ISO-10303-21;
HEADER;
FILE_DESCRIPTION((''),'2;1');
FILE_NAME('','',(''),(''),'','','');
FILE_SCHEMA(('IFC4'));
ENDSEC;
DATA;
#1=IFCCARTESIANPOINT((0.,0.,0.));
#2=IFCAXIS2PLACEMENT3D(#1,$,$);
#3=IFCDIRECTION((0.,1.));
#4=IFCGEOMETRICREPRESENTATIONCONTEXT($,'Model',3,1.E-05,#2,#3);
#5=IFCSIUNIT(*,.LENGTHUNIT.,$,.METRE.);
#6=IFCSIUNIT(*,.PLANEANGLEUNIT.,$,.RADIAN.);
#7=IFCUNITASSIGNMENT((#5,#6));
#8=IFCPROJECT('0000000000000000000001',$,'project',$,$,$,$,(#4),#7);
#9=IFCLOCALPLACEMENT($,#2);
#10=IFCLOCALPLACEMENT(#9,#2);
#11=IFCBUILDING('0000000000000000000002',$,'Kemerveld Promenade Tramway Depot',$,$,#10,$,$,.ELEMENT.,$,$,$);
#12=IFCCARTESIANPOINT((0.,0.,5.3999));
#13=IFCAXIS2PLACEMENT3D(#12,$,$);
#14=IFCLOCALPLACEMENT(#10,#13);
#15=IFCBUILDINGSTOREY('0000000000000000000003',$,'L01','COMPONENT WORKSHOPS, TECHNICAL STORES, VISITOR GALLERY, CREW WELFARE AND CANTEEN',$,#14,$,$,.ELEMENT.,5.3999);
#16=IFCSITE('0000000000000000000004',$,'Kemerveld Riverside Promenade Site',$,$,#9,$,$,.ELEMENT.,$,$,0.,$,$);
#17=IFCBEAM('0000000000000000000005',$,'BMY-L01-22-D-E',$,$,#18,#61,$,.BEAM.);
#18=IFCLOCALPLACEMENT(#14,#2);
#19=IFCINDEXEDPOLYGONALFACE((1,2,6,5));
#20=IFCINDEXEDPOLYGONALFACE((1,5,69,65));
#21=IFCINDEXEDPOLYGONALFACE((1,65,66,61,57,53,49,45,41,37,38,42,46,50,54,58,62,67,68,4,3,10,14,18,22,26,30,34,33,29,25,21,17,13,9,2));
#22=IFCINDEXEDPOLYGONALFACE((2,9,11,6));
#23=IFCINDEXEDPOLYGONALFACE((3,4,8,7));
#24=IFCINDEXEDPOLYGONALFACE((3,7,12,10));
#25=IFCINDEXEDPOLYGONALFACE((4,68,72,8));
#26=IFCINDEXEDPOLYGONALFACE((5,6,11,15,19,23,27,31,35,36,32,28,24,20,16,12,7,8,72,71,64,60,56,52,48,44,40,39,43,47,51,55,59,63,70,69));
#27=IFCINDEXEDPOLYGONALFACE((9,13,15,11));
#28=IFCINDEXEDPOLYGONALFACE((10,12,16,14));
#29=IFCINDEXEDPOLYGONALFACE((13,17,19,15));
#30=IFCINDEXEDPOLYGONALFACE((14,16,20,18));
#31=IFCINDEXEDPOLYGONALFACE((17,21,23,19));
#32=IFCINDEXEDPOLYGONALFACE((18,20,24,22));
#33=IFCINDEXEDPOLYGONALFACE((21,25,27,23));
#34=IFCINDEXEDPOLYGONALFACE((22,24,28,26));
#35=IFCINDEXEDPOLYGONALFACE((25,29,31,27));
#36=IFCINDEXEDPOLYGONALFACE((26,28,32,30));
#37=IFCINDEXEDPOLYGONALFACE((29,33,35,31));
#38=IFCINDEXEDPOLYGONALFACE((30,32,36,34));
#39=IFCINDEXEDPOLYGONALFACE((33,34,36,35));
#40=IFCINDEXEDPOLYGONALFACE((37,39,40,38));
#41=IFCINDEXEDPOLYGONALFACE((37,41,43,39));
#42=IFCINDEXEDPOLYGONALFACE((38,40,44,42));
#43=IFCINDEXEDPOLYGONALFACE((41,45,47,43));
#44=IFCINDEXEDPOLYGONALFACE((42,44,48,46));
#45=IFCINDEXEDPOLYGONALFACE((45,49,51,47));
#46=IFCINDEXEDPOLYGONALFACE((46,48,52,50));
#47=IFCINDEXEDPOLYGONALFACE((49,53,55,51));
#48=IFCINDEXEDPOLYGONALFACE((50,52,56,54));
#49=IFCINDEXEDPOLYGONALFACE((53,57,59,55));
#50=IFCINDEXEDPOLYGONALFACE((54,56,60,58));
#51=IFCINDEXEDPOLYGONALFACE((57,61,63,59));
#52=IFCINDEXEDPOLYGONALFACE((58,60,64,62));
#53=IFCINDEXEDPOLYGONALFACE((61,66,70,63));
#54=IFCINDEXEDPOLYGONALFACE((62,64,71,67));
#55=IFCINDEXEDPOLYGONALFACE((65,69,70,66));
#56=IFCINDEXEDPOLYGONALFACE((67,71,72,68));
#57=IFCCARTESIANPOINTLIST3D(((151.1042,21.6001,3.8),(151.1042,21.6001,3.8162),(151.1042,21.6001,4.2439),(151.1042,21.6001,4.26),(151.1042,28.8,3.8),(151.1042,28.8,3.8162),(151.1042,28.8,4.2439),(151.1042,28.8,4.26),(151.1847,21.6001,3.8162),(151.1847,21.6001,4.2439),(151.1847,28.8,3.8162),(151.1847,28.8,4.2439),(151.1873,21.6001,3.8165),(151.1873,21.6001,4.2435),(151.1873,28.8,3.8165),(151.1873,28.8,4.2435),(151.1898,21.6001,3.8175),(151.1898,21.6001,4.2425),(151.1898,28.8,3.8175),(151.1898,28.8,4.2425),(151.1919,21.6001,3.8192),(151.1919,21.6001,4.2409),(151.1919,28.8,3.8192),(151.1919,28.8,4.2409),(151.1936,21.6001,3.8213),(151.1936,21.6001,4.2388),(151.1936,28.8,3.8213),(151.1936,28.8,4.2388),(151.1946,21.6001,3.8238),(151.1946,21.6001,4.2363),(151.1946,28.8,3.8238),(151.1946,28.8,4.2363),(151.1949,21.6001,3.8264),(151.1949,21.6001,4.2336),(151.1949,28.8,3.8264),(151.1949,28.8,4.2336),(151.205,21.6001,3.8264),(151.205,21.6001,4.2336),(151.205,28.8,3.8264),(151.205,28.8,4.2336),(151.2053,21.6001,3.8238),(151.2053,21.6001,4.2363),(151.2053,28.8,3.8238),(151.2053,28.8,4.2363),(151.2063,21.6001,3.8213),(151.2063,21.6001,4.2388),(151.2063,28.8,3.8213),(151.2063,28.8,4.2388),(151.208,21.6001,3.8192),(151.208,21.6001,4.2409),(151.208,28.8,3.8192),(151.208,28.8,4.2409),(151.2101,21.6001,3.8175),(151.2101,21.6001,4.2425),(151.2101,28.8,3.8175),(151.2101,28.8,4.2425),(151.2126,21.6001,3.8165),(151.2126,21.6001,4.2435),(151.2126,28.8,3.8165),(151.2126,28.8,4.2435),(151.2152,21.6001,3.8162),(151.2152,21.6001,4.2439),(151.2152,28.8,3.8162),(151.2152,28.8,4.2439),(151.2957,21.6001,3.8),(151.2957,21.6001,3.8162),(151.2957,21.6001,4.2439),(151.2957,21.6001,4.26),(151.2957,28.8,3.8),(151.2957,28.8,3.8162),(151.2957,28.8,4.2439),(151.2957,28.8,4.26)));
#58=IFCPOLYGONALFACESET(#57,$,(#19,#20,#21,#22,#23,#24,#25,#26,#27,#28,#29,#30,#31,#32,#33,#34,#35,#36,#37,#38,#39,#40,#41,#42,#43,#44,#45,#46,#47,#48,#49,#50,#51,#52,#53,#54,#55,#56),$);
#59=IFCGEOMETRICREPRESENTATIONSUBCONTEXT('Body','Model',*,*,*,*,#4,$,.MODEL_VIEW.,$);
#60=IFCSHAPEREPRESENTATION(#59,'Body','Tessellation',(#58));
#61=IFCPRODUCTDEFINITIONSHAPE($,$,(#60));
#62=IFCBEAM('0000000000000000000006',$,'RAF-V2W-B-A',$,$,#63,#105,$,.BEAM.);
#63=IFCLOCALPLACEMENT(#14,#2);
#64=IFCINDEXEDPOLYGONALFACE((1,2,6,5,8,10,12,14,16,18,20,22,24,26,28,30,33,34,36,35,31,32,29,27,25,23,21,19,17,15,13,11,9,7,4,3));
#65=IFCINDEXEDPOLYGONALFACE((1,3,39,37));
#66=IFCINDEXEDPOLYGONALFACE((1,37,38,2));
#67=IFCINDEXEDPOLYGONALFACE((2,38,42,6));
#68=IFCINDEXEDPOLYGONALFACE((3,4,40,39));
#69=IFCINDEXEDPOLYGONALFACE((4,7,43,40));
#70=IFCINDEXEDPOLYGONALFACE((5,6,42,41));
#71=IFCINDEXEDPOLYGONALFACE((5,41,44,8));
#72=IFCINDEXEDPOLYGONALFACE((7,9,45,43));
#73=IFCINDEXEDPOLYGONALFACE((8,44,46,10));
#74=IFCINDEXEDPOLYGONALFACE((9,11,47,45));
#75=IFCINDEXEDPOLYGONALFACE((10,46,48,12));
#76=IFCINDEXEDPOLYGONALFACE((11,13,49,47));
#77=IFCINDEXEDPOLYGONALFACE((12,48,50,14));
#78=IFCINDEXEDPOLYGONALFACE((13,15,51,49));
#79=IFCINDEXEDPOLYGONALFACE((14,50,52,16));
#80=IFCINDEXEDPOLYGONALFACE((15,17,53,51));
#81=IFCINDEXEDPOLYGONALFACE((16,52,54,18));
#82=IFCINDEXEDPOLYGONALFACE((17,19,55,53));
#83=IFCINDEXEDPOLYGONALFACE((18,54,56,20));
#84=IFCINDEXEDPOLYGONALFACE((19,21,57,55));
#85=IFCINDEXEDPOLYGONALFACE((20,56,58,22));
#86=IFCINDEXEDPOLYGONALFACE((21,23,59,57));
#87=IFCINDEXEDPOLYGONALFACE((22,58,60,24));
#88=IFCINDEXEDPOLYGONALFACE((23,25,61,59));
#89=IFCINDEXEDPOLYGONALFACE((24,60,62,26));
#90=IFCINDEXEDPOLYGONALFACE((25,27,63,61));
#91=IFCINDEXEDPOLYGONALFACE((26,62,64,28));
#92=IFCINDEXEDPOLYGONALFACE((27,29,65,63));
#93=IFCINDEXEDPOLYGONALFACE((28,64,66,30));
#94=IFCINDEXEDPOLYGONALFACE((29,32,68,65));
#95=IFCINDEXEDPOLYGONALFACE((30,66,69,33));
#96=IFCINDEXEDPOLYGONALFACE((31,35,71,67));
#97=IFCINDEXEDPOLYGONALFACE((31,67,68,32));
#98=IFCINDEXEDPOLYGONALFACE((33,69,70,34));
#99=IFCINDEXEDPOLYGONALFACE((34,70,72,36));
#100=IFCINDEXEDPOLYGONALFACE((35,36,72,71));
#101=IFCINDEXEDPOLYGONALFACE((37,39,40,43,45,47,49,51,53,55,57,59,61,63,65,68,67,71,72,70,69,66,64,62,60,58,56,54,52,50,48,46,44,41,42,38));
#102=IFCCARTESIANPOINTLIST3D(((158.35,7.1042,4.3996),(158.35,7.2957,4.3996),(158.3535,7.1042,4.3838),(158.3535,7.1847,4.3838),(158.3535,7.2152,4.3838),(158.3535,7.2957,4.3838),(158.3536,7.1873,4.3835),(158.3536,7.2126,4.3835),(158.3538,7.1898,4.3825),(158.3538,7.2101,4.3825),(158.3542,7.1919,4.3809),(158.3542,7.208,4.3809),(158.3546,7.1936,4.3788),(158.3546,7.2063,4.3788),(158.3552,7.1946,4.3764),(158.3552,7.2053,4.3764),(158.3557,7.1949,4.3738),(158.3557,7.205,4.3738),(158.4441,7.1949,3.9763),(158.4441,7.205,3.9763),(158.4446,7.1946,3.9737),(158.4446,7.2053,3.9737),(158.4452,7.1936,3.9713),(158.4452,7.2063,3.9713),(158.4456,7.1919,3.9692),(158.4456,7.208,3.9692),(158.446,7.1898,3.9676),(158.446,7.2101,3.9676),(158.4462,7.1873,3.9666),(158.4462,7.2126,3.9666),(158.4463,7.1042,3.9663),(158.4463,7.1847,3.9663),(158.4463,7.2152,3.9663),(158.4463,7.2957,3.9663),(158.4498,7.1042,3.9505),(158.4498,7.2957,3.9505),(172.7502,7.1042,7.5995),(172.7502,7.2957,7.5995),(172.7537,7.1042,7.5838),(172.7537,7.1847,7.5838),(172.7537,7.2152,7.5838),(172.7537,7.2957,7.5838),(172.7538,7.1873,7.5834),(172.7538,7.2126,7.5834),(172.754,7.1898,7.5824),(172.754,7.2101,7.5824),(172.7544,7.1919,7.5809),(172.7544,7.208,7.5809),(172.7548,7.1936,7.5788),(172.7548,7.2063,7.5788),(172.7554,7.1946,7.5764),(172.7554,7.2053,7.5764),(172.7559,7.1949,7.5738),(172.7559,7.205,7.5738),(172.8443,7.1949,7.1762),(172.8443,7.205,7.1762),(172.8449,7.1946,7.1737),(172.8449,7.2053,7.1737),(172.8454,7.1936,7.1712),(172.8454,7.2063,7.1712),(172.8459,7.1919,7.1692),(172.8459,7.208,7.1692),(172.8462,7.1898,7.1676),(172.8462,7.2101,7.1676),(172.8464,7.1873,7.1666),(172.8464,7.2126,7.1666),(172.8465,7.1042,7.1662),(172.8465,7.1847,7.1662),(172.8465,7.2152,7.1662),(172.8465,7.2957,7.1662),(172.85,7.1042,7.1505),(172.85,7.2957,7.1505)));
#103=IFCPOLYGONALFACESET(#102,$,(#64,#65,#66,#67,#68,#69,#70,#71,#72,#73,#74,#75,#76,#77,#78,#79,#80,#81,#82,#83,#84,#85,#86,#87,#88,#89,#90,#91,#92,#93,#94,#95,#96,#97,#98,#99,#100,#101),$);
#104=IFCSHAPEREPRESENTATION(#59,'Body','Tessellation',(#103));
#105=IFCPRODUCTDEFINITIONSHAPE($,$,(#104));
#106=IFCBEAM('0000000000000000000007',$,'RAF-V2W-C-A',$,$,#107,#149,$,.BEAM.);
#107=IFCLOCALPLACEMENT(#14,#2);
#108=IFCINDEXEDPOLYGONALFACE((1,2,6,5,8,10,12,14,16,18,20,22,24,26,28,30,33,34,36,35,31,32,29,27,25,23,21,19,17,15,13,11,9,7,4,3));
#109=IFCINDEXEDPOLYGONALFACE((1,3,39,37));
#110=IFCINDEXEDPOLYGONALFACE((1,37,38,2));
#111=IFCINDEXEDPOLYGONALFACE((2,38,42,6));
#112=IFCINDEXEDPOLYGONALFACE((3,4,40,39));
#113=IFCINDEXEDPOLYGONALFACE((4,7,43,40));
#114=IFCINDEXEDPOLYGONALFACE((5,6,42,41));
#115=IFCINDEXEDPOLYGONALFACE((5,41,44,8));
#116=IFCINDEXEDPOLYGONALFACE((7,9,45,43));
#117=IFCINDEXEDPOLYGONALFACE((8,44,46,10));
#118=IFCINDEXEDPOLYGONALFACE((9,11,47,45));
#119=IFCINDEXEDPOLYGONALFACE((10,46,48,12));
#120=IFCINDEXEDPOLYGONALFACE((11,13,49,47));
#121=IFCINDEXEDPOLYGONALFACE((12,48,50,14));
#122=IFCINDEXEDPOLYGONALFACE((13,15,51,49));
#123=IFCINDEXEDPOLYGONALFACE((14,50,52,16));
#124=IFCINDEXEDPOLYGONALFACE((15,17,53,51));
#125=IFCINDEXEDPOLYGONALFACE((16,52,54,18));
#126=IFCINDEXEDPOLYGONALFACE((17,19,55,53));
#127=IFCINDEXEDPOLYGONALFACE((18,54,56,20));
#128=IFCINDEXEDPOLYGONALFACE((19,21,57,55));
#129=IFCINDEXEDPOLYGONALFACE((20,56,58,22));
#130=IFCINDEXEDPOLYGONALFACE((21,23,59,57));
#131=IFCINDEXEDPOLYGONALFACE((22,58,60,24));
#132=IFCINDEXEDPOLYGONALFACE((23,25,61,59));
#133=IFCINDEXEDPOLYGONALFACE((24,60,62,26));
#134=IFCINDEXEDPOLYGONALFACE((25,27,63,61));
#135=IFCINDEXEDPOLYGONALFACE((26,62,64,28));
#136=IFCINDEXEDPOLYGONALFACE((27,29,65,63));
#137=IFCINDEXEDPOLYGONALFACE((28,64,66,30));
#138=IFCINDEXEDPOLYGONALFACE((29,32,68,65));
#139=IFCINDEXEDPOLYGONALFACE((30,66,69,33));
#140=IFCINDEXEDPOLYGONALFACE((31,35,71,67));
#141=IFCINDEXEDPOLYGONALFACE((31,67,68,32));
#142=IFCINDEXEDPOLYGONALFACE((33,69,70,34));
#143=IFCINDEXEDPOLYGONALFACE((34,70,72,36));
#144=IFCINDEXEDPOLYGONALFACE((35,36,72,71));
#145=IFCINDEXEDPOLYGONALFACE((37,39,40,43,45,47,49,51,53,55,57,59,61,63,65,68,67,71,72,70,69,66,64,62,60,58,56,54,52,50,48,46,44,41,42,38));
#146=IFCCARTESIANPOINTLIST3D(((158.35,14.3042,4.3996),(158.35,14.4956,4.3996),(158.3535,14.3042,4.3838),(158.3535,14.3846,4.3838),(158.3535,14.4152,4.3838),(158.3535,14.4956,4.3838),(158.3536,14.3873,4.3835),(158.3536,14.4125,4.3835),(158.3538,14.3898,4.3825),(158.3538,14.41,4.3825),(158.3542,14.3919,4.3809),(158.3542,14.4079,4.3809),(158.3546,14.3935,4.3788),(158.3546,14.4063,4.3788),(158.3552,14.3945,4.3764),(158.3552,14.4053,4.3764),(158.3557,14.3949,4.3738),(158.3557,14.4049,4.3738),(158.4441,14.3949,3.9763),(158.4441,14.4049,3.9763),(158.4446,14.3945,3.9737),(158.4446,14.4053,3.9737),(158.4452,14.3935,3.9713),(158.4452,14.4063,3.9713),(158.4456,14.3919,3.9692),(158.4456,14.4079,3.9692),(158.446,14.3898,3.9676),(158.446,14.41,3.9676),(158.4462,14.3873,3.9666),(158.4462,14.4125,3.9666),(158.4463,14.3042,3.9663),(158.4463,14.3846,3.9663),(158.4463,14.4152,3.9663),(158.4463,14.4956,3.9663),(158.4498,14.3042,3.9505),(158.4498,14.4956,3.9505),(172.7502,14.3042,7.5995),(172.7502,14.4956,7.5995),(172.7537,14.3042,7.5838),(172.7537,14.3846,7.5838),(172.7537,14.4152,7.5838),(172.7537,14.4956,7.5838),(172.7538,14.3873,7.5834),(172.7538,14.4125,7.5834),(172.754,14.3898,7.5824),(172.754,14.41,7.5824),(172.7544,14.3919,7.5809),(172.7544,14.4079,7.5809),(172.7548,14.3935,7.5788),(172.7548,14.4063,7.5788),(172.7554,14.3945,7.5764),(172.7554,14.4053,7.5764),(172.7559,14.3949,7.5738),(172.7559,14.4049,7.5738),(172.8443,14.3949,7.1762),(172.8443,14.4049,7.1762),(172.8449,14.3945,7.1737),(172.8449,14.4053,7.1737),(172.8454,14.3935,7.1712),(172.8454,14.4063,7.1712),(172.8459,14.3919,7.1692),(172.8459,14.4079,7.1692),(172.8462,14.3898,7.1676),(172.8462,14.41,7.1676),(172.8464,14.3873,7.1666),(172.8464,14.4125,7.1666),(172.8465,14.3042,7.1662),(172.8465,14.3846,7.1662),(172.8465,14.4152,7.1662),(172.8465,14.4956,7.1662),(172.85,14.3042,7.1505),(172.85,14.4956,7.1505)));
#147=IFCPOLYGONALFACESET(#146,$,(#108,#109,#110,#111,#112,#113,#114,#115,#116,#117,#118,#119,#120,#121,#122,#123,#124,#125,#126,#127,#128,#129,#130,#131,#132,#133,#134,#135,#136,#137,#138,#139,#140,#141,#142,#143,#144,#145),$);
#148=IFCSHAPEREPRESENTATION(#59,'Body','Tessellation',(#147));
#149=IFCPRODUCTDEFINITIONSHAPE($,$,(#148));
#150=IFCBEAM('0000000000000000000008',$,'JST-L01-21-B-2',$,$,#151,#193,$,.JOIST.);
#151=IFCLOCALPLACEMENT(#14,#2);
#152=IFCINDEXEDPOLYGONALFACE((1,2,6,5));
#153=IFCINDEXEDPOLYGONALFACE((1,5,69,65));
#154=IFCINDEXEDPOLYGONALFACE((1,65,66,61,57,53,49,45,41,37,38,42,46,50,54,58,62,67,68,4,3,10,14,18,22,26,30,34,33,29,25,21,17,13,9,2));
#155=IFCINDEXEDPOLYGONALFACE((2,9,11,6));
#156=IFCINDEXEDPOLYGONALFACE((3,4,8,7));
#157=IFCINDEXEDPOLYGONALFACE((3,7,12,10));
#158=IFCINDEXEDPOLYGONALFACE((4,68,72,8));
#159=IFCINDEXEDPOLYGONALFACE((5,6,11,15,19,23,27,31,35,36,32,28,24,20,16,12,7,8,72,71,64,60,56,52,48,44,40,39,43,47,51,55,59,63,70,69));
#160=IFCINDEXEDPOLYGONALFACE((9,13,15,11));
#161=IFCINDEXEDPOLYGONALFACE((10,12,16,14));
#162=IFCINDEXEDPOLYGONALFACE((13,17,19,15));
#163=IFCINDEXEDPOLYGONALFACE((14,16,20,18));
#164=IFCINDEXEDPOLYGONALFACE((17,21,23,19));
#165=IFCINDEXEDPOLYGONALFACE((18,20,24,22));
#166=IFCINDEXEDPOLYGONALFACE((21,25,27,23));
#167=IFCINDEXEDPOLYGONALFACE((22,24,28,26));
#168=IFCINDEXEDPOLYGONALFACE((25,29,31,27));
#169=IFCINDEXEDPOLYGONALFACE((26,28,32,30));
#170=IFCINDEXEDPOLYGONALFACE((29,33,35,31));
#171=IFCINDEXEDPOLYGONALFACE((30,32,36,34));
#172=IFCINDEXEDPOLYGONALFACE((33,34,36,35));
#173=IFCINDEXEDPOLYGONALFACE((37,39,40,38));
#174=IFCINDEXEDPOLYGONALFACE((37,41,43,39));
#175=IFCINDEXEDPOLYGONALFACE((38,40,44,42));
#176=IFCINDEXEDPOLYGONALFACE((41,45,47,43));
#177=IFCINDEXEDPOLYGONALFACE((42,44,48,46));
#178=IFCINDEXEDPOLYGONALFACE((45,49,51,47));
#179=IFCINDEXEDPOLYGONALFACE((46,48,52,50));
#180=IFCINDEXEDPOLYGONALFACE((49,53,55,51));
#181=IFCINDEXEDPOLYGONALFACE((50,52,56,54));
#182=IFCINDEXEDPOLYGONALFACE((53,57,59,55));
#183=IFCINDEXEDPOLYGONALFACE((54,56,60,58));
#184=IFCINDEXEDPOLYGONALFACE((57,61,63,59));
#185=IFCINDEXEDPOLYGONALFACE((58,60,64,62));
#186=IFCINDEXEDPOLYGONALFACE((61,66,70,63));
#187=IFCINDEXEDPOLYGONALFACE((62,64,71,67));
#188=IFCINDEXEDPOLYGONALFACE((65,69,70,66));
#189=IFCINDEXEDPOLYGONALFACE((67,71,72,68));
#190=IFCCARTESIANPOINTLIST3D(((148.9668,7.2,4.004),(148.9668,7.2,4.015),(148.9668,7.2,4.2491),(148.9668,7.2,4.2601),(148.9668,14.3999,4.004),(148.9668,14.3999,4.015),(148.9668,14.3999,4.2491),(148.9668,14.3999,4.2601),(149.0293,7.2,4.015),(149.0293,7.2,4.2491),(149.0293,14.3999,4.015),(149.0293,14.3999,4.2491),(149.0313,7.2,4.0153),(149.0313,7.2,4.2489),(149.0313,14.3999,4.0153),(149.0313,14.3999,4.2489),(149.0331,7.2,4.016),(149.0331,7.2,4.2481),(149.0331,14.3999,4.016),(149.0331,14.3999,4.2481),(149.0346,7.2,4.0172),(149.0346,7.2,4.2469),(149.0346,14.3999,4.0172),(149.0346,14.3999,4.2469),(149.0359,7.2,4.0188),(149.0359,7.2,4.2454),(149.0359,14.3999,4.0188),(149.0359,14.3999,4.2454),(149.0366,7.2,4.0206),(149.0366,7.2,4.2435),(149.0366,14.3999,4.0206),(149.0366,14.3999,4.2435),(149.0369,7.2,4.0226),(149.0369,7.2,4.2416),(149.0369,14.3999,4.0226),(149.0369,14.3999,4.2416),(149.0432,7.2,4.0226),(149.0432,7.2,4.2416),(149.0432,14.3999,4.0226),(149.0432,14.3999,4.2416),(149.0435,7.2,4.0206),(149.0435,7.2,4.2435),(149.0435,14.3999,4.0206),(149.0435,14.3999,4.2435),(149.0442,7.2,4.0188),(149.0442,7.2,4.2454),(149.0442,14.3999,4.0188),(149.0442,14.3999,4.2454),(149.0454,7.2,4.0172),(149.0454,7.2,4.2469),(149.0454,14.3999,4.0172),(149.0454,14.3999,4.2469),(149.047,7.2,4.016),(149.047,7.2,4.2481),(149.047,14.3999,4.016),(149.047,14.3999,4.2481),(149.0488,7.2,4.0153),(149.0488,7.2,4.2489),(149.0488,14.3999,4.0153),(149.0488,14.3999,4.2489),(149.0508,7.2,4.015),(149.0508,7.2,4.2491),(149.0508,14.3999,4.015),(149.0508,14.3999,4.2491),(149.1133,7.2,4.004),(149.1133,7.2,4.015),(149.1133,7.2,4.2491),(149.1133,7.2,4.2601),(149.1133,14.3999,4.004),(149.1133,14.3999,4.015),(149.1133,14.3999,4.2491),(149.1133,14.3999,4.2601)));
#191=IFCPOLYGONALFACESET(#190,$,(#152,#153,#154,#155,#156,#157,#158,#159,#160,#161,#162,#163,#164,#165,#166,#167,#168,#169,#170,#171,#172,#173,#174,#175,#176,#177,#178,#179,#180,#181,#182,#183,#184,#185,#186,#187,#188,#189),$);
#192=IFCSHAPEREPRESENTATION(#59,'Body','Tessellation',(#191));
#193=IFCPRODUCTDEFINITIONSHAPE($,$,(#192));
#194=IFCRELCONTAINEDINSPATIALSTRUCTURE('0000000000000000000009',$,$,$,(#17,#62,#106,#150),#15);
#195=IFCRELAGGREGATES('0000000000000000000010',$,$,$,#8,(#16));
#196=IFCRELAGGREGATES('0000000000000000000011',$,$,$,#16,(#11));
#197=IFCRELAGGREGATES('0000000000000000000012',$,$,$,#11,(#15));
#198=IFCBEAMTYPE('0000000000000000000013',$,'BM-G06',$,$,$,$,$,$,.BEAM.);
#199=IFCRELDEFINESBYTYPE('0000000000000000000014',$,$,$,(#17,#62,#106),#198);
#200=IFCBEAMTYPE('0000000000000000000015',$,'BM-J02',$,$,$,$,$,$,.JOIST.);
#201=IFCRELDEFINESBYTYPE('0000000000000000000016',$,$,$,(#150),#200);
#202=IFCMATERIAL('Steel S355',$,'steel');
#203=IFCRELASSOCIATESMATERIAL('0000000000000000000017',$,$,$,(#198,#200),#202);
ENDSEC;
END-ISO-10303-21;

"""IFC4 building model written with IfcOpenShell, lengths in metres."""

from ifc_helpers import new_model, si_unit, direction, frame, origin, origin_2d, place, context, subcontext, project, spatial, i_section, extrude, material, material_profile, profile_set, type_object, element, save


model = new_model("IFC4")

# Units and contexts
model_context = context("Model", 3, precision=1e-05, world=origin(), true_north=direction((0.0, 1.0)))
body_context = subcontext(model_context, "Body", "Model", "MODEL_VIEW")
ifc_project = project(units=[si_unit("LENGTHUNIT", "METRE"), si_unit("PLANEANGLEUNIT", "RADIAN")], contexts=[model_context])

# Site, building, storey
site_placement = place(None, origin())
site = spatial("IfcSite", under=ifc_project, at=site_placement, Name="Kemerveld Riverside Promenade Site", CompositionType="ELEMENT", RefElevation=0.0)
building_placement = place(site_placement, origin())
building = spatial("IfcBuilding", under=site, at=building_placement, Name="Kemerveld Promenade Tramway Depot", CompositionType="ELEMENT")
storey_placement = place(building_placement, frame((0.0, 0.0, 5.3999)))
storey = spatial("IfcBuildingStorey", under=building, at=storey_placement, Name="L01", Description="COMPONENT WORKSHOPS, TECHNICAL STORES, VISITOR GALLERY, CREW WELFARE AND CANTEEN", CompositionType="ELEMENT", Elevation=5.3999)

# Shared definitions
ifc_material_1 = material(Name="Steel S355", Category="steel")

# Beams
ifc_material_profile_1 = material_profile(ifc_material_1, i_section(OverallWidth=0.1914, OverallDepth=0.46, WebThickness=0.01, FlangeThickness=0.0161, FilletRadius=0.0103, at=origin_2d()), Name="457x191x82 UB")
ifc_profile_set_1 = profile_set([ifc_material_profile_1], Name="Steel S355")
beam_type_1 = type_object("IfcBeamType", Name="BM-G06", PredefinedType="BEAM", material=ifc_profile_set_1)
beam_1_placement = place(storey_placement, frame((151.2, 21.6001, 4.03), z_axis=(0.0, 1.0, 0.0), x_axis=(-1.0, 0.0, 0.0)))
element("IfcBeam", 1, at=beam_1_placement, inside=storey, type_object=beam_type_1, Name="BMY-L01-22-D-E", PredefinedType="BEAM", context=body_context, shape_type="SweptSolid", body=[
    extrude(i_section(OverallWidth=0.1914, OverallDepth=0.46, WebThickness=0.01, FlangeThickness=0.0161, FilletRadius=0.0103, at=origin_2d()), origin(), (0.0, 0.0, 1.0), 7.2),
])
for number, where, z_axis, x_axis, name in (
    (2, (158.3999, 7.2, 4.175), (0.976188, 0.0, 0.216925), (0.0, 1.0, 0.0), "RAF-V2W-B-A"),
    (3, (158.3999, 14.3999, 4.175), (0.976188, 0.0, 0.216925), (0.0, 1.0, 0.0), "RAF-V2W-C-A"),
):
    element("IfcBeam", number, at=place(storey_placement, frame(where, z_axis=z_axis, x_axis=x_axis)), inside=storey, type_object=beam_type_1, Name=name, PredefinedType="BEAM", context=body_context, shape_type="SweptSolid", body=[
        extrude(i_section(OverallWidth=0.1914, OverallDepth=0.46, WebThickness=0.01, FlangeThickness=0.0161, FilletRadius=0.0103, at=origin_2d()), origin(), (0.0, 0.0, 1.0), 14.7515),
    ])
ifc_material_profile_2 = material_profile(ifc_material_1, i_section(OverallWidth=0.1465, OverallDepth=0.2561, WebThickness=0.0063, FlangeThickness=0.011, FilletRadius=0.0076, at=origin_2d()), Name="254x146x37 UB")
ifc_profile_set_2 = profile_set([ifc_material_profile_2], Name="Steel S355")
beam_type_2 = type_object("IfcBeamType", Name="BM-J02", PredefinedType="JOIST", material=ifc_profile_set_2)
beam_2_placement = place(storey_placement, frame((149.04, 7.2, 4.1321), z_axis=(0.0, 1.0, 0.0), x_axis=(-1.0, 0.0, 0.0)))
element("IfcBeam", 4, at=beam_2_placement, inside=storey, type_object=beam_type_2, Name="JST-L01-21-B-2", PredefinedType="JOIST", context=body_context, shape_type="SweptSolid", body=[
    extrude(i_section(OverallWidth=0.1465, OverallDepth=0.2561, WebThickness=0.0063, FlangeThickness=0.011, FilletRadius=0.0076, at=origin_2d()), origin(), (0.0, 0.0, 1.0), 7.2),
])

save(model, "model.ifc")
